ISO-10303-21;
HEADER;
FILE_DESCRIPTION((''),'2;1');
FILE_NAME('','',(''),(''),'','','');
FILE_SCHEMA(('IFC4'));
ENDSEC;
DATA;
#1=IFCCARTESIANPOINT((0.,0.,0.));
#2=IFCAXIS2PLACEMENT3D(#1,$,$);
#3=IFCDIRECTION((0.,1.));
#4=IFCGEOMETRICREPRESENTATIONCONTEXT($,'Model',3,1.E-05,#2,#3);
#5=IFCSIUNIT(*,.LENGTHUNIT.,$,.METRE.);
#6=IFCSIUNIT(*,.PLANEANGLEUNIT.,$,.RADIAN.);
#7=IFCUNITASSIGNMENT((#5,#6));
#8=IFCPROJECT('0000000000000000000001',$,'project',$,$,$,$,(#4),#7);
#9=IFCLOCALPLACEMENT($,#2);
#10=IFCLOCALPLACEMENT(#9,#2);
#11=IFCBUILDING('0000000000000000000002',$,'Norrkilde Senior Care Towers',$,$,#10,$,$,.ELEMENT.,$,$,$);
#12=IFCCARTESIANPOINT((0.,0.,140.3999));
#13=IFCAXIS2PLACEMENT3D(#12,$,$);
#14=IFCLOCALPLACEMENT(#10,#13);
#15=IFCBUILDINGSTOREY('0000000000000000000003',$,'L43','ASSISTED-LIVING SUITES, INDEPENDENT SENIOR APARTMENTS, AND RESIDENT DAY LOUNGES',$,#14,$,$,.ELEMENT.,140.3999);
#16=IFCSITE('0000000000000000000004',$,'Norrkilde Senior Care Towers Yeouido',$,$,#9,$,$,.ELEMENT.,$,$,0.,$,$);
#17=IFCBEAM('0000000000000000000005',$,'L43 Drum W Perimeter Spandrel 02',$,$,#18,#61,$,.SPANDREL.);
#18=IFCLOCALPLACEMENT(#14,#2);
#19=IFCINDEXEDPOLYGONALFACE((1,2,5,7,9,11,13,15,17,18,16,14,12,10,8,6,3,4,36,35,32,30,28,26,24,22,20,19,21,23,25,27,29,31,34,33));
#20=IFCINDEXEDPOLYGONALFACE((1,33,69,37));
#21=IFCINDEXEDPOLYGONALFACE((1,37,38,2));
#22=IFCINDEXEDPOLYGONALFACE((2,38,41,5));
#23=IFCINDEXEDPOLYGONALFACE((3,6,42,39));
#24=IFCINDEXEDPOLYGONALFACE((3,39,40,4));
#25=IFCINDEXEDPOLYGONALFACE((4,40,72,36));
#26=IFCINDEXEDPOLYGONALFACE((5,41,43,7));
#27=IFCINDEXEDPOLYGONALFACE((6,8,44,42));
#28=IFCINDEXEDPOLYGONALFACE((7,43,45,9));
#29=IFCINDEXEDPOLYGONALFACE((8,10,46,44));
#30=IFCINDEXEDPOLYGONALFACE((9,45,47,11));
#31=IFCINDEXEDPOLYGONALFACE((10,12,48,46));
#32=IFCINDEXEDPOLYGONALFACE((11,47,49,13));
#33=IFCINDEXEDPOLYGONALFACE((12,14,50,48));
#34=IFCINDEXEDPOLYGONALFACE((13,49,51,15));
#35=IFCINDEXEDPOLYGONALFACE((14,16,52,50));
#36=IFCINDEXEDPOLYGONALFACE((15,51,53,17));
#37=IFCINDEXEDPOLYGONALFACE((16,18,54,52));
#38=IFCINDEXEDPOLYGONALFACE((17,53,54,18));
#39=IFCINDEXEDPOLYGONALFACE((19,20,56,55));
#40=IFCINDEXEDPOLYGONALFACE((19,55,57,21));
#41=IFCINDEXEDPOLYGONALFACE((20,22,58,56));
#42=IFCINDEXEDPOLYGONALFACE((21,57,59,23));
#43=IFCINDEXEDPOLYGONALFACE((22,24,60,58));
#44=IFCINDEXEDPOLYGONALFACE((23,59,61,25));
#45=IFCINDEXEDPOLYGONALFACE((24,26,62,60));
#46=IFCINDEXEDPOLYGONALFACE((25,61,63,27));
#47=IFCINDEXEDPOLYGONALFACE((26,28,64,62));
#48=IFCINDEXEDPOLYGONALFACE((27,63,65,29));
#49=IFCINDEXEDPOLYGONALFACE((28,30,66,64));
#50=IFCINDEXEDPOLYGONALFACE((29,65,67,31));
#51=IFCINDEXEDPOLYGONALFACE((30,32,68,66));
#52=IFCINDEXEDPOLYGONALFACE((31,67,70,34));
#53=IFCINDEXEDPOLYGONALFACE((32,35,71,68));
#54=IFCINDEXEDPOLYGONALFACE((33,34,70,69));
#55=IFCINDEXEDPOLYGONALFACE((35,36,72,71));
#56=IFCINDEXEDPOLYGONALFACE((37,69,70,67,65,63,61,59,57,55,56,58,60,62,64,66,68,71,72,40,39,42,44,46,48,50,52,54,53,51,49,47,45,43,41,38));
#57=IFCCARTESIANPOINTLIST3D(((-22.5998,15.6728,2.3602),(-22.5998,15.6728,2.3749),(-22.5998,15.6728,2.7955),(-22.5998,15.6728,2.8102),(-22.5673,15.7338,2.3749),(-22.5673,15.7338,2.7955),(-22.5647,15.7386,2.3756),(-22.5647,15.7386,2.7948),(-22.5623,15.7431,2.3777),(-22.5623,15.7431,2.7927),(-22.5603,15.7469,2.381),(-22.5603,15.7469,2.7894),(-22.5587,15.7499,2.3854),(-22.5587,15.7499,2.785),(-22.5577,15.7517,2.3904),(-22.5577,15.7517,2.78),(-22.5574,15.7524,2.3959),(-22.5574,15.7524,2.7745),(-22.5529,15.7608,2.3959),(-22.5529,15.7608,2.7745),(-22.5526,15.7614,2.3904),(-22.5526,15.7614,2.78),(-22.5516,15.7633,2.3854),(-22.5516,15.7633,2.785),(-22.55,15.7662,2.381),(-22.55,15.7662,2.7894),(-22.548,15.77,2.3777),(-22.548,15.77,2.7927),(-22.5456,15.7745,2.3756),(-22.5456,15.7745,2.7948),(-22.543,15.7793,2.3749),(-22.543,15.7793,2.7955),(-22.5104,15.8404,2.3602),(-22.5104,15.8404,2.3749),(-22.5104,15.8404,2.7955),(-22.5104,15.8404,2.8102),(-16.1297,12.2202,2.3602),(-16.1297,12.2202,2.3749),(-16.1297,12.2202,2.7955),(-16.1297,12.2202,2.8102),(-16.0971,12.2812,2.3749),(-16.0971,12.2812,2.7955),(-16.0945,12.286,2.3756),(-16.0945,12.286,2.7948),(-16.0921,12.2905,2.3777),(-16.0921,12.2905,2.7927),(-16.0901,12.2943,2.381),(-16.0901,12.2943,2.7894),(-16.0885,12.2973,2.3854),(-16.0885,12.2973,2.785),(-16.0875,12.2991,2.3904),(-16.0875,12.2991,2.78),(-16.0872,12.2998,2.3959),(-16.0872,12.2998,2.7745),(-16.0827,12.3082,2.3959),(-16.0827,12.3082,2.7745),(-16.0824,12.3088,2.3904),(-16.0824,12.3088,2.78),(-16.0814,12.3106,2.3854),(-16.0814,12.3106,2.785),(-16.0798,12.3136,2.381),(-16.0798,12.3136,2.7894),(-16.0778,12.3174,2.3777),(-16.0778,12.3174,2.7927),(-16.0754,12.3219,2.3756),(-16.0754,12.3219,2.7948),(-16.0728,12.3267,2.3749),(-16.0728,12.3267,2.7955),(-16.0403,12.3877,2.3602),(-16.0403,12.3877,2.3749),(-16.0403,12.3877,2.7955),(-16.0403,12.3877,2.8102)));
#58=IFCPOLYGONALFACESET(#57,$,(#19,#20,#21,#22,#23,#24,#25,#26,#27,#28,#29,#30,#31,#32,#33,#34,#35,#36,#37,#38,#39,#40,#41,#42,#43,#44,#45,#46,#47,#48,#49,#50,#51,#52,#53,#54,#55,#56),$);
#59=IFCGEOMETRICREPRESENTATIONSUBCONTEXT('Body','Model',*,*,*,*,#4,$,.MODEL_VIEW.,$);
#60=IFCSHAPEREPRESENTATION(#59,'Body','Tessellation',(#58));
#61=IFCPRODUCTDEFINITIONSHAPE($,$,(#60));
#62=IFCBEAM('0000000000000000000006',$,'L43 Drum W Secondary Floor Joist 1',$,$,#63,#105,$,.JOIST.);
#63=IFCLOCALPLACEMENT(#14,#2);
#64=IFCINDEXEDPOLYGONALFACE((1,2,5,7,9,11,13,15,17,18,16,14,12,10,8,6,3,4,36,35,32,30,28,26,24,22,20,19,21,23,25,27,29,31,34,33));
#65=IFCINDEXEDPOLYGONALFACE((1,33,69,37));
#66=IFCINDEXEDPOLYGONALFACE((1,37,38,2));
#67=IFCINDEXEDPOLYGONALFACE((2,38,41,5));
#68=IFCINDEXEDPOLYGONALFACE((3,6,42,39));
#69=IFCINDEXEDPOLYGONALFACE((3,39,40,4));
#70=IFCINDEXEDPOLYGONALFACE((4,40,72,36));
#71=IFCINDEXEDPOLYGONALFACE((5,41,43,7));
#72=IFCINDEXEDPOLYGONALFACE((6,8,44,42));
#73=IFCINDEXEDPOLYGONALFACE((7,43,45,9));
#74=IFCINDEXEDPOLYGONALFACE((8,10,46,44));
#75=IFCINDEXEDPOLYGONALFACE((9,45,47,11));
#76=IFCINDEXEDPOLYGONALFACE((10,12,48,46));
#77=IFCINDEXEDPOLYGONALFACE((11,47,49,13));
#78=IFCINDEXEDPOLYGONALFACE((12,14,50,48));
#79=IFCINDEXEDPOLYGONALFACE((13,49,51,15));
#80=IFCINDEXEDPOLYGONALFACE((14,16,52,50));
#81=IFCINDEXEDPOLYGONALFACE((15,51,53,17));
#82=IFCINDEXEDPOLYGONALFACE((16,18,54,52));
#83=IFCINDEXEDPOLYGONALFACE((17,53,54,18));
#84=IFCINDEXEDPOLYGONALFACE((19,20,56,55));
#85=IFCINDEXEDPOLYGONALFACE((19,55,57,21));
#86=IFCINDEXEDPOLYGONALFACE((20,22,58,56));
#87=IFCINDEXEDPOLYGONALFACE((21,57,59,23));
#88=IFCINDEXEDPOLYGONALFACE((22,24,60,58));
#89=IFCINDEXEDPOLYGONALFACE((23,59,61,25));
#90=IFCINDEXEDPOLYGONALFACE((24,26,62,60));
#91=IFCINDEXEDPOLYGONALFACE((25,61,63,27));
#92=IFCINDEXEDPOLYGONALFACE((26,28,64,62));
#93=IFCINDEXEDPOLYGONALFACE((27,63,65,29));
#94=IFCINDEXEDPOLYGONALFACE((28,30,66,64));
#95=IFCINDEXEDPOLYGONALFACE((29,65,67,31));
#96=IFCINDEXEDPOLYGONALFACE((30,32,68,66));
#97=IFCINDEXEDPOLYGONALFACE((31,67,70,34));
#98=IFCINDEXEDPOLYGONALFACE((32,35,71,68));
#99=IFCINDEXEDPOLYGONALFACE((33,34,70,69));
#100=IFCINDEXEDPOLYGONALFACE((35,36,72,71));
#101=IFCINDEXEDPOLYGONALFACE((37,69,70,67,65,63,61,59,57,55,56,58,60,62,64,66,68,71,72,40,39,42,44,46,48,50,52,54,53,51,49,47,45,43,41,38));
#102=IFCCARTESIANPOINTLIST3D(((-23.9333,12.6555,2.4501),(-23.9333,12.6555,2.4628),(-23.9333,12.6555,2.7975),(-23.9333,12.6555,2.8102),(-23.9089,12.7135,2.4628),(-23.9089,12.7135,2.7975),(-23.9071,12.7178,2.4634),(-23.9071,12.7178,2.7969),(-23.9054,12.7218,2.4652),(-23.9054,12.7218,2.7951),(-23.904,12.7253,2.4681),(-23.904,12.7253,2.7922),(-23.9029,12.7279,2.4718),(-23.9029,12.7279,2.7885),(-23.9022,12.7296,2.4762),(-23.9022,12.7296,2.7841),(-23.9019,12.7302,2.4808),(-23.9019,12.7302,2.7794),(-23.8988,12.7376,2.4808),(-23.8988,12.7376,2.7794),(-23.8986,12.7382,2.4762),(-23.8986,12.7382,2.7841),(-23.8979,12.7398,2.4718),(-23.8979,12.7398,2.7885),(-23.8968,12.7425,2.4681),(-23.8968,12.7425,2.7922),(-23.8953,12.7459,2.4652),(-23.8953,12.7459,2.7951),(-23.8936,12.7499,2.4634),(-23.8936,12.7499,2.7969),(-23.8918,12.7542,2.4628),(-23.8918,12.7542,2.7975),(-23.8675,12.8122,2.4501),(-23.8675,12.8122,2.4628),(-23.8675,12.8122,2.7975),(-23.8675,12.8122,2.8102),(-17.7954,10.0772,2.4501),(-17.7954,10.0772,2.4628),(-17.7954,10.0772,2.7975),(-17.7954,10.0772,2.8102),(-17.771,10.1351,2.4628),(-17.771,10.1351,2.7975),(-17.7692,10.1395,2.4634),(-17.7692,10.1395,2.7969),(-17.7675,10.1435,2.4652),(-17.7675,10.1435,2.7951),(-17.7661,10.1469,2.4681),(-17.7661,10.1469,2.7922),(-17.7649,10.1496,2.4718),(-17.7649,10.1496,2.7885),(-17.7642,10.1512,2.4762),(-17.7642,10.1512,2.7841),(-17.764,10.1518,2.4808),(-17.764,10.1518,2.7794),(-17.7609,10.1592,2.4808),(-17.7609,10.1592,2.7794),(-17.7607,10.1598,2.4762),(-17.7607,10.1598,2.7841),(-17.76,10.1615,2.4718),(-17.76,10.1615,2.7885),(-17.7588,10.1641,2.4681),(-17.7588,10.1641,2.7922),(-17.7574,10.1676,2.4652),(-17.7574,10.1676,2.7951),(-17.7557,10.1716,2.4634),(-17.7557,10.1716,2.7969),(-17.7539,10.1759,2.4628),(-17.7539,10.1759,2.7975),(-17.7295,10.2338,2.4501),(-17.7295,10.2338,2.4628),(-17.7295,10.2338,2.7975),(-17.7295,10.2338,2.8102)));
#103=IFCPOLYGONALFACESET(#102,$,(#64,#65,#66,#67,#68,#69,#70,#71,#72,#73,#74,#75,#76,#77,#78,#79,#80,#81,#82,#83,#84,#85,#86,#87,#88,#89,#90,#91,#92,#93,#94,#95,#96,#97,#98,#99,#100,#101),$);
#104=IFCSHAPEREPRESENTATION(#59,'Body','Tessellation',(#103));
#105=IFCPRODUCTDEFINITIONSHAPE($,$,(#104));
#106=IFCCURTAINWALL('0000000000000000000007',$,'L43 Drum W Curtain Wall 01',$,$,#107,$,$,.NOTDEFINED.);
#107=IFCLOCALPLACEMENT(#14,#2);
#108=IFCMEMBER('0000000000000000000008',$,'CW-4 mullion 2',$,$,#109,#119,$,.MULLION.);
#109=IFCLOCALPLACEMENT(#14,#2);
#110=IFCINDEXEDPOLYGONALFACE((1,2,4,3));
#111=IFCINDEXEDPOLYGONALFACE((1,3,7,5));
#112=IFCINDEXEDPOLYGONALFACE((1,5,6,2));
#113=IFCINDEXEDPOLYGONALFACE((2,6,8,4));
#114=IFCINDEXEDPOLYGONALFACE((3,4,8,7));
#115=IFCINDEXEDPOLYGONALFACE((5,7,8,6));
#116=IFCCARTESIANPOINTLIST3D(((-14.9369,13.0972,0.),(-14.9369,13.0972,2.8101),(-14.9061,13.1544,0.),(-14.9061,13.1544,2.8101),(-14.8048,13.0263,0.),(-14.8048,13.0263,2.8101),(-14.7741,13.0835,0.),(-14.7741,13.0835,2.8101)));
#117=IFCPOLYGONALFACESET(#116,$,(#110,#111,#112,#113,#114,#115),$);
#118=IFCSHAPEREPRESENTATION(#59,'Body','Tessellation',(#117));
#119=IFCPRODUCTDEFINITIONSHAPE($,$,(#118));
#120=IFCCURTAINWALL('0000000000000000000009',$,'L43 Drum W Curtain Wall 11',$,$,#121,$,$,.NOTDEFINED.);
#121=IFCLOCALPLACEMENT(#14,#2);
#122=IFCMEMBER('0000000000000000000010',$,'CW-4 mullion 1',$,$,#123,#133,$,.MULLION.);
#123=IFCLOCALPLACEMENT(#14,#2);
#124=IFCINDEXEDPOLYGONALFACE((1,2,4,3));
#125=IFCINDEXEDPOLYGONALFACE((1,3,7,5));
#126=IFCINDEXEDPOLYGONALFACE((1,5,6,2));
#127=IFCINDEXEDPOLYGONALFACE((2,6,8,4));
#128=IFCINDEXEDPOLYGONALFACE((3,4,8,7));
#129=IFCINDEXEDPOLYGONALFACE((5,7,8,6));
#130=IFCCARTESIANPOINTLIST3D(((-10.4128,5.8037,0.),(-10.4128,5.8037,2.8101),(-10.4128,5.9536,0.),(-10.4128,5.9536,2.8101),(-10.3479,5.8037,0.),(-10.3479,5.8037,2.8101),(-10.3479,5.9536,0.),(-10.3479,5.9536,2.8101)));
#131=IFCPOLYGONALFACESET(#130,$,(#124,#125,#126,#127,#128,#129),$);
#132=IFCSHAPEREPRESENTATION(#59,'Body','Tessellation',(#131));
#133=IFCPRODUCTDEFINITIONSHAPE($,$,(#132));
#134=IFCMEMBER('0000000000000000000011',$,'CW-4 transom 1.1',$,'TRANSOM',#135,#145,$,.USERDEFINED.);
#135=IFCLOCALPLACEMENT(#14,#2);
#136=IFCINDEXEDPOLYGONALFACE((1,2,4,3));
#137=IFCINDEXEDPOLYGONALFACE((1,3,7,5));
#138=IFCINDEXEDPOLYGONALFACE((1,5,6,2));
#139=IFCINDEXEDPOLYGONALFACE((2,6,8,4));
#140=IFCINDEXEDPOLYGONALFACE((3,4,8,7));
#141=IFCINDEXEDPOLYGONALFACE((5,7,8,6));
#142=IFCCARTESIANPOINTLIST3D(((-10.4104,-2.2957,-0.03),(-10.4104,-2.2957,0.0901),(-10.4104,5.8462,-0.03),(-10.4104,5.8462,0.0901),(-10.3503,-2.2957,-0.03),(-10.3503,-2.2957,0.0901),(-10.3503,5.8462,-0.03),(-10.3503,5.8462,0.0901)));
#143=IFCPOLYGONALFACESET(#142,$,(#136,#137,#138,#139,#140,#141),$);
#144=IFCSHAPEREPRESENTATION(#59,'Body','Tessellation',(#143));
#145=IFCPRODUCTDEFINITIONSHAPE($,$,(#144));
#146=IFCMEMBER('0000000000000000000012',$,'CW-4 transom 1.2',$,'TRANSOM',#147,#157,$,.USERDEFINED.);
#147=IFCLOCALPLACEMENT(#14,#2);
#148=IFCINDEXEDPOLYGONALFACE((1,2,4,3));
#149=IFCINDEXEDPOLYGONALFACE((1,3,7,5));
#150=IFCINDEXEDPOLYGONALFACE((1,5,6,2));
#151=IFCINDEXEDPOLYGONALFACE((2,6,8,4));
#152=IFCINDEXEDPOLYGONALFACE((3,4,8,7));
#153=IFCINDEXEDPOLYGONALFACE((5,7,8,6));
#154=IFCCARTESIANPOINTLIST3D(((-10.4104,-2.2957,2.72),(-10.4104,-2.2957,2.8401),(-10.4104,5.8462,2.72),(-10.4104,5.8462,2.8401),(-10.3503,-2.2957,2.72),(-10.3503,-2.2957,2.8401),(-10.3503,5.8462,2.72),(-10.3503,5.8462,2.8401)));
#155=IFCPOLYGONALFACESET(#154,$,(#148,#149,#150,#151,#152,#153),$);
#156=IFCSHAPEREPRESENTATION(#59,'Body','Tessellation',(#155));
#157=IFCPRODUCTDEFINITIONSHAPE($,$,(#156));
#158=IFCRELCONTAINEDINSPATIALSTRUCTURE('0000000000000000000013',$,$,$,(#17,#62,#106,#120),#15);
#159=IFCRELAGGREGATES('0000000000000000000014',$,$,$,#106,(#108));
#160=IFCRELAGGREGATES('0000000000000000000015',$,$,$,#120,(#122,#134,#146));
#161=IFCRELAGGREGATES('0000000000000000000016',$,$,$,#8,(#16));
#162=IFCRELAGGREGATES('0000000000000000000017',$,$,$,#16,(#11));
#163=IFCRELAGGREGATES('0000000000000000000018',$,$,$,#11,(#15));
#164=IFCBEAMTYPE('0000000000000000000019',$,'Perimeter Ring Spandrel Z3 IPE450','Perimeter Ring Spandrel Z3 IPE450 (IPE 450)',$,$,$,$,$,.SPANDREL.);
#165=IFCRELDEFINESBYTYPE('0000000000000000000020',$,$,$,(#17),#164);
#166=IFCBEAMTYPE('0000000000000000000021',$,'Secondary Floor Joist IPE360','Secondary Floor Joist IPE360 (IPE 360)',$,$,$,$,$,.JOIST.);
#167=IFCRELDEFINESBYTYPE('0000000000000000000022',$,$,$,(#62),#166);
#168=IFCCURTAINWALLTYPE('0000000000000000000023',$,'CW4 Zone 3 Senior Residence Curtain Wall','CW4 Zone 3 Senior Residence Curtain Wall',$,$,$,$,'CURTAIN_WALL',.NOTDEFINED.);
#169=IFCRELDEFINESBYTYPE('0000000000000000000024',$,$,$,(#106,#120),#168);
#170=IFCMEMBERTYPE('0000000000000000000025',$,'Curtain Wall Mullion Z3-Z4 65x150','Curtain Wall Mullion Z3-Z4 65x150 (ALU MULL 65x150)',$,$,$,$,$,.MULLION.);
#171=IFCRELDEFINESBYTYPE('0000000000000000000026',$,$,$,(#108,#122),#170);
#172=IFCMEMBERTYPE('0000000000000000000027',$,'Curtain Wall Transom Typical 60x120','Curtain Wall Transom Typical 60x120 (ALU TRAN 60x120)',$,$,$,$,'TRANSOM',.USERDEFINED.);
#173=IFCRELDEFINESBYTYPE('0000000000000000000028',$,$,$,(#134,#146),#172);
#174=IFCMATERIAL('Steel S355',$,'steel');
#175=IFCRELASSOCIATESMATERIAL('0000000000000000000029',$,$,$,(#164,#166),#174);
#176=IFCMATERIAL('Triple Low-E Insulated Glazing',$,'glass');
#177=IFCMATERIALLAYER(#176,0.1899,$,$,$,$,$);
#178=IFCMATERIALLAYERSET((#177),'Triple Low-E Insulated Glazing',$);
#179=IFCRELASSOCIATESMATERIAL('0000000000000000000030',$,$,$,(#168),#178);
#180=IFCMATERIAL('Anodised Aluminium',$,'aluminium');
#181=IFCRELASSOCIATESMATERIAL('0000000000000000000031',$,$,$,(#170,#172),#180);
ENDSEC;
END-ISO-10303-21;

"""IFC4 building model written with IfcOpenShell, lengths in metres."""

from ifc_helpers import new_model, si_unit, direction, frame, origin, origin_2d, place, context, subcontext, project, spatial, rectangle, i_section, extrude, source, transform, mapped, material, layer, layer_set, material_profile, profile_set, type_object, type_shapes, element, aggregate, save


model = new_model("IFC4")

# Units and contexts
model_context = context("Model", 3, precision=1e-05, world=origin(), true_north=direction((0.0, 1.0)))
body_context = subcontext(model_context, "Body", "Model", "MODEL_VIEW")
ifc_project = project(units=[si_unit("LENGTHUNIT", "METRE"), si_unit("PLANEANGLEUNIT", "RADIAN")], contexts=[model_context])

# Site, building, storey
site_placement = place(None, origin())
site = spatial("IfcSite", under=ifc_project, at=site_placement, Name="Norrkilde Senior Care Towers Yeouido", CompositionType="ELEMENT", RefElevation=0.0)
building_placement = place(site_placement, origin())
building = spatial("IfcBuilding", under=site, at=building_placement, Name="Norrkilde Senior Care Towers", CompositionType="ELEMENT")
storey_placement = place(building_placement, frame((0.0, 0.0, 140.3999)))
storey = spatial("IfcBuildingStorey", under=building, at=storey_placement, Name="L43", Description="ASSISTED-LIVING SUITES, INDEPENDENT SENIOR APARTMENTS, AND RESIDENT DAY LOUNGES", CompositionType="ELEMENT", Elevation=140.3999)

# Beams
ifc_material_1 = material(Name="Steel S355", Category="steel")
ifc_material_profile_1 = material_profile(ifc_material_1, i_section(OverallWidth=0.1899, OverallDepth=0.45, WebThickness=0.0095, FlangeThickness=0.0146, FilletRadius=0.021, at=origin_2d()), Name="IPE 450")
ifc_profile_set_1 = profile_set([ifc_material_profile_1], Name="Steel S355")
beam_type_1 = type_object("IfcBeamType", Name="Perimeter Ring Spandrel Z3 IPE450", Description="Perimeter Ring Spandrel Z3 IPE450 (IPE 450)", PredefinedType="SPANDREL", material=ifc_profile_set_1)
shared_shape_1 = source(origin(), body_context, "Body", "SweptSolid", [
    extrude(i_section(OverallWidth=0.1899, OverallDepth=0.45, WebThickness=0.0095, FlangeThickness=0.0146, FilletRadius=0.021, at=origin_2d()), origin(), (0.0, 0.0, 1.0), 7.3337),
])
beam_1_placement = place(storey_placement, frame((-16.085, 12.304, 2.5852), z_axis=(-0.882248, 0.470785, 0.0), x_axis=(-0.470785, -0.882248, 0.0)))
element("IfcBeam", 1, at=beam_1_placement, inside=storey, type_object=beam_type_1, Name="L43 Drum W Perimeter Spandrel 02", PredefinedType="SPANDREL", context=body_context, shape_type="MappedRepresentation", body=[
    mapped(shared_shape_1, transform((0.0, 0.0, 0.0), x_axis=(1.0, 0.0, 0.0), y_axis=(0.0, 1.0, 0.0), z_axis=(0.0, 0.0, 1.0), scale=1.0)),
])
ifc_material_profile_2 = material_profile(ifc_material_1, i_section(OverallWidth=0.1699, OverallDepth=0.3601, WebThickness=0.0081, FlangeThickness=0.0127, FilletRadius=0.0181, at=origin_2d()), Name="IPE 360")
ifc_profile_set_2 = profile_set([ifc_material_profile_2], Name="Steel S355")
beam_type_2 = type_object("IfcBeamType", Name="Secondary Floor Joist IPE360", Description="Secondary Floor Joist IPE360 (IPE 360)", PredefinedType="JOIST", material=ifc_profile_set_2)
shared_shape_2 = source(origin(), body_context, "Body", "SweptSolid", [
    extrude(i_section(OverallWidth=0.1699, OverallDepth=0.3601, WebThickness=0.0081, FlangeThickness=0.0127, FilletRadius=0.0181, at=origin_2d()), origin(), (0.0, 0.0, 1.0), 6.6575),
])
type_shapes(beam_type_2, [shared_shape_2])
beam_2_placement = place(storey_placement, frame((-17.7625, 10.1555, 2.6301), z_axis=(-0.921959, 0.387288, 0.0), x_axis=(-0.387288, -0.921959, 0.0)))
element("IfcBeam", 2, at=beam_2_placement, inside=storey, type_object=beam_type_2, Name="L43 Drum W Secondary Floor Joist 1", PredefinedType="JOIST", context=body_context, shape_type="MappedRepresentation", body=[
    mapped(shared_shape_2, transform((0.0, 0.0, 0.0), x_axis=(1.0, 0.0, 0.0), y_axis=(0.0, 1.0, 0.0), z_axis=(0.0, 0.0, 1.0), scale=1.0)),
])

# Curtain wall, member
ifc_material_2 = material(Name="Triple Low-E Insulated Glazing", Category="glass")
ifc_layer_1 = layer(ifc_material_2, 0.1899)
ifc_layer_set_1 = layer_set([ifc_layer_1], Name="Triple Low-E Insulated Glazing")
curtain_wall_type = type_object("IfcCurtainWallType", Name="CW4 Zone 3 Senior Residence Curtain Wall", Description="CW4 Zone 3 Senior Residence Curtain Wall", ElementType="CURTAIN_WALL", PredefinedType="NOTDEFINED", material=ifc_layer_set_1)
curtain_wall_1_placement = place(storey_placement, origin())
curtain_wall_1 = element("IfcCurtainWall", 3, at=curtain_wall_1_placement, inside=storey, type_object=curtain_wall_type, Name="L43 Drum W Curtain Wall 01", PredefinedType="NOTDEFINED")
ifc_material_3 = material(Name="Anodised Aluminium", Category="aluminium")
ifc_material_profile_3 = material_profile(ifc_material_3, rectangle(XDim=0.0649, YDim=0.1499, at=origin_2d()), Name="ALU MULL 65x150")
ifc_profile_set_3 = profile_set([ifc_material_profile_3], Name="Anodised Aluminium")
member_type_1 = type_object("IfcMemberType", Name="Curtain Wall Mullion Z3-Z4 65x150", Description="Curtain Wall Mullion Z3-Z4 65x150 (ALU MULL 65x150)", PredefinedType="MULLION", material=ifc_profile_set_3)
shared_shape_3 = source(origin(), body_context, "Body", "SweptSolid", [
    extrude(rectangle(XDim=0.0649, YDim=0.1499, at=origin_2d()), origin(), (0.0, 0.0, 1.0), 2.8101),
])
type_shapes(member_type_1, [shared_shape_3])
member_1_placement = place(storey_placement, frame((-14.8555, 13.0903, 0.0), z_axis=(0.0, 0.0, 1.0), x_axis=(0.473117, 0.881, 0.0)))
member_1 = element("IfcMember", 4, at=member_1_placement, type_object=member_type_1, Name="CW-4 mullion 2", PredefinedType="MULLION", context=body_context, shape_type="MappedRepresentation", body=[
    mapped(shared_shape_3, transform((0.0, 0.0, 0.0), x_axis=(1.0, 0.0, 0.0), y_axis=(0.0, 1.0, 0.0), z_axis=(0.0, 0.0, 1.0), scale=1.0)),
])

# Curtain wall, members
curtain_wall_2_placement = place(storey_placement, origin())
curtain_wall_2 = element("IfcCurtainWall", 5, at=curtain_wall_2_placement, inside=storey, type_object=curtain_wall_type, Name="L43 Drum W Curtain Wall 11", PredefinedType="NOTDEFINED")
member_2_placement = place(storey_placement, frame((-10.3804, 5.8787, 0.0), z_axis=(0.0, 0.0, 1.0), x_axis=(1.0, 0.0, 0.0)))
member_2 = element("IfcMember", 6, at=member_2_placement, type_object=member_type_1, Name="CW-4 mullion 1", PredefinedType="MULLION", context=body_context, shape_type="MappedRepresentation", body=[
    mapped(shared_shape_3, transform((0.0, 0.0, 0.0), x_axis=(1.0, 0.0, 0.0), y_axis=(0.0, 1.0, 0.0), z_axis=(0.0, 0.0, 1.0), scale=1.0)),
])
ifc_material_profile_4 = material_profile(ifc_material_3, rectangle(XDim=0.0601, YDim=0.1201, at=origin_2d()), Name="ALU TRAN 60x120")
ifc_profile_set_4 = profile_set([ifc_material_profile_4], Name="Anodised Aluminium")
member_type_2 = type_object("IfcMemberType", Name="Curtain Wall Transom Typical 60x120", Description="Curtain Wall Transom Typical 60x120 (ALU TRAN 60x120)", ElementType="TRANSOM", PredefinedType="USERDEFINED", material=ifc_profile_set_4)
shared_shape_4 = source(origin(), body_context, "Body", "SweptSolid", [
    extrude(rectangle(XDim=0.0601, YDim=0.1201, at=origin_2d()), origin(), (0.0, 0.0, 1.0), 8.1418),
])
type_shapes(member_type_2, [shared_shape_4])
member_3_placement = place(storey_placement, frame((-10.3804, 5.8462, 0.03), z_axis=(0.0, -1.0, 0.0), x_axis=(1.0, 0.0, 0.0)))
member_3 = element("IfcMember", 7, at=member_3_placement, type_object=member_type_2, Name="CW-4 transom 1.1", ObjectType="TRANSOM", PredefinedType="USERDEFINED", context=body_context, shape_type="MappedRepresentation", body=[
    mapped(shared_shape_4, transform((0.0, 0.0, 0.0), x_axis=(1.0, 0.0, 0.0), y_axis=(0.0, 1.0, 0.0), z_axis=(0.0, 0.0, 1.0), scale=1.0)),
])
member_4_placement = place(storey_placement, frame((-10.3804, 5.8462, 2.78), z_axis=(0.0, -1.0, 0.0), x_axis=(1.0, 0.0, 0.0)))
member_4 = element("IfcMember", 8, at=member_4_placement, type_object=member_type_2, Name="CW-4 transom 1.2", ObjectType="TRANSOM", PredefinedType="USERDEFINED", context=body_context, shape_type="MappedRepresentation", body=[
    mapped(shared_shape_4, transform((0.0, 0.0, 0.0), x_axis=(1.0, 0.0, 0.0), y_axis=(0.0, 1.0, 0.0), z_axis=(0.0, 0.0, 1.0), scale=1.0)),
])

aggregate(curtain_wall_1, [member_1])
aggregate(curtain_wall_2, [member_2, member_3, member_4])

save(model, "model.ifc")
